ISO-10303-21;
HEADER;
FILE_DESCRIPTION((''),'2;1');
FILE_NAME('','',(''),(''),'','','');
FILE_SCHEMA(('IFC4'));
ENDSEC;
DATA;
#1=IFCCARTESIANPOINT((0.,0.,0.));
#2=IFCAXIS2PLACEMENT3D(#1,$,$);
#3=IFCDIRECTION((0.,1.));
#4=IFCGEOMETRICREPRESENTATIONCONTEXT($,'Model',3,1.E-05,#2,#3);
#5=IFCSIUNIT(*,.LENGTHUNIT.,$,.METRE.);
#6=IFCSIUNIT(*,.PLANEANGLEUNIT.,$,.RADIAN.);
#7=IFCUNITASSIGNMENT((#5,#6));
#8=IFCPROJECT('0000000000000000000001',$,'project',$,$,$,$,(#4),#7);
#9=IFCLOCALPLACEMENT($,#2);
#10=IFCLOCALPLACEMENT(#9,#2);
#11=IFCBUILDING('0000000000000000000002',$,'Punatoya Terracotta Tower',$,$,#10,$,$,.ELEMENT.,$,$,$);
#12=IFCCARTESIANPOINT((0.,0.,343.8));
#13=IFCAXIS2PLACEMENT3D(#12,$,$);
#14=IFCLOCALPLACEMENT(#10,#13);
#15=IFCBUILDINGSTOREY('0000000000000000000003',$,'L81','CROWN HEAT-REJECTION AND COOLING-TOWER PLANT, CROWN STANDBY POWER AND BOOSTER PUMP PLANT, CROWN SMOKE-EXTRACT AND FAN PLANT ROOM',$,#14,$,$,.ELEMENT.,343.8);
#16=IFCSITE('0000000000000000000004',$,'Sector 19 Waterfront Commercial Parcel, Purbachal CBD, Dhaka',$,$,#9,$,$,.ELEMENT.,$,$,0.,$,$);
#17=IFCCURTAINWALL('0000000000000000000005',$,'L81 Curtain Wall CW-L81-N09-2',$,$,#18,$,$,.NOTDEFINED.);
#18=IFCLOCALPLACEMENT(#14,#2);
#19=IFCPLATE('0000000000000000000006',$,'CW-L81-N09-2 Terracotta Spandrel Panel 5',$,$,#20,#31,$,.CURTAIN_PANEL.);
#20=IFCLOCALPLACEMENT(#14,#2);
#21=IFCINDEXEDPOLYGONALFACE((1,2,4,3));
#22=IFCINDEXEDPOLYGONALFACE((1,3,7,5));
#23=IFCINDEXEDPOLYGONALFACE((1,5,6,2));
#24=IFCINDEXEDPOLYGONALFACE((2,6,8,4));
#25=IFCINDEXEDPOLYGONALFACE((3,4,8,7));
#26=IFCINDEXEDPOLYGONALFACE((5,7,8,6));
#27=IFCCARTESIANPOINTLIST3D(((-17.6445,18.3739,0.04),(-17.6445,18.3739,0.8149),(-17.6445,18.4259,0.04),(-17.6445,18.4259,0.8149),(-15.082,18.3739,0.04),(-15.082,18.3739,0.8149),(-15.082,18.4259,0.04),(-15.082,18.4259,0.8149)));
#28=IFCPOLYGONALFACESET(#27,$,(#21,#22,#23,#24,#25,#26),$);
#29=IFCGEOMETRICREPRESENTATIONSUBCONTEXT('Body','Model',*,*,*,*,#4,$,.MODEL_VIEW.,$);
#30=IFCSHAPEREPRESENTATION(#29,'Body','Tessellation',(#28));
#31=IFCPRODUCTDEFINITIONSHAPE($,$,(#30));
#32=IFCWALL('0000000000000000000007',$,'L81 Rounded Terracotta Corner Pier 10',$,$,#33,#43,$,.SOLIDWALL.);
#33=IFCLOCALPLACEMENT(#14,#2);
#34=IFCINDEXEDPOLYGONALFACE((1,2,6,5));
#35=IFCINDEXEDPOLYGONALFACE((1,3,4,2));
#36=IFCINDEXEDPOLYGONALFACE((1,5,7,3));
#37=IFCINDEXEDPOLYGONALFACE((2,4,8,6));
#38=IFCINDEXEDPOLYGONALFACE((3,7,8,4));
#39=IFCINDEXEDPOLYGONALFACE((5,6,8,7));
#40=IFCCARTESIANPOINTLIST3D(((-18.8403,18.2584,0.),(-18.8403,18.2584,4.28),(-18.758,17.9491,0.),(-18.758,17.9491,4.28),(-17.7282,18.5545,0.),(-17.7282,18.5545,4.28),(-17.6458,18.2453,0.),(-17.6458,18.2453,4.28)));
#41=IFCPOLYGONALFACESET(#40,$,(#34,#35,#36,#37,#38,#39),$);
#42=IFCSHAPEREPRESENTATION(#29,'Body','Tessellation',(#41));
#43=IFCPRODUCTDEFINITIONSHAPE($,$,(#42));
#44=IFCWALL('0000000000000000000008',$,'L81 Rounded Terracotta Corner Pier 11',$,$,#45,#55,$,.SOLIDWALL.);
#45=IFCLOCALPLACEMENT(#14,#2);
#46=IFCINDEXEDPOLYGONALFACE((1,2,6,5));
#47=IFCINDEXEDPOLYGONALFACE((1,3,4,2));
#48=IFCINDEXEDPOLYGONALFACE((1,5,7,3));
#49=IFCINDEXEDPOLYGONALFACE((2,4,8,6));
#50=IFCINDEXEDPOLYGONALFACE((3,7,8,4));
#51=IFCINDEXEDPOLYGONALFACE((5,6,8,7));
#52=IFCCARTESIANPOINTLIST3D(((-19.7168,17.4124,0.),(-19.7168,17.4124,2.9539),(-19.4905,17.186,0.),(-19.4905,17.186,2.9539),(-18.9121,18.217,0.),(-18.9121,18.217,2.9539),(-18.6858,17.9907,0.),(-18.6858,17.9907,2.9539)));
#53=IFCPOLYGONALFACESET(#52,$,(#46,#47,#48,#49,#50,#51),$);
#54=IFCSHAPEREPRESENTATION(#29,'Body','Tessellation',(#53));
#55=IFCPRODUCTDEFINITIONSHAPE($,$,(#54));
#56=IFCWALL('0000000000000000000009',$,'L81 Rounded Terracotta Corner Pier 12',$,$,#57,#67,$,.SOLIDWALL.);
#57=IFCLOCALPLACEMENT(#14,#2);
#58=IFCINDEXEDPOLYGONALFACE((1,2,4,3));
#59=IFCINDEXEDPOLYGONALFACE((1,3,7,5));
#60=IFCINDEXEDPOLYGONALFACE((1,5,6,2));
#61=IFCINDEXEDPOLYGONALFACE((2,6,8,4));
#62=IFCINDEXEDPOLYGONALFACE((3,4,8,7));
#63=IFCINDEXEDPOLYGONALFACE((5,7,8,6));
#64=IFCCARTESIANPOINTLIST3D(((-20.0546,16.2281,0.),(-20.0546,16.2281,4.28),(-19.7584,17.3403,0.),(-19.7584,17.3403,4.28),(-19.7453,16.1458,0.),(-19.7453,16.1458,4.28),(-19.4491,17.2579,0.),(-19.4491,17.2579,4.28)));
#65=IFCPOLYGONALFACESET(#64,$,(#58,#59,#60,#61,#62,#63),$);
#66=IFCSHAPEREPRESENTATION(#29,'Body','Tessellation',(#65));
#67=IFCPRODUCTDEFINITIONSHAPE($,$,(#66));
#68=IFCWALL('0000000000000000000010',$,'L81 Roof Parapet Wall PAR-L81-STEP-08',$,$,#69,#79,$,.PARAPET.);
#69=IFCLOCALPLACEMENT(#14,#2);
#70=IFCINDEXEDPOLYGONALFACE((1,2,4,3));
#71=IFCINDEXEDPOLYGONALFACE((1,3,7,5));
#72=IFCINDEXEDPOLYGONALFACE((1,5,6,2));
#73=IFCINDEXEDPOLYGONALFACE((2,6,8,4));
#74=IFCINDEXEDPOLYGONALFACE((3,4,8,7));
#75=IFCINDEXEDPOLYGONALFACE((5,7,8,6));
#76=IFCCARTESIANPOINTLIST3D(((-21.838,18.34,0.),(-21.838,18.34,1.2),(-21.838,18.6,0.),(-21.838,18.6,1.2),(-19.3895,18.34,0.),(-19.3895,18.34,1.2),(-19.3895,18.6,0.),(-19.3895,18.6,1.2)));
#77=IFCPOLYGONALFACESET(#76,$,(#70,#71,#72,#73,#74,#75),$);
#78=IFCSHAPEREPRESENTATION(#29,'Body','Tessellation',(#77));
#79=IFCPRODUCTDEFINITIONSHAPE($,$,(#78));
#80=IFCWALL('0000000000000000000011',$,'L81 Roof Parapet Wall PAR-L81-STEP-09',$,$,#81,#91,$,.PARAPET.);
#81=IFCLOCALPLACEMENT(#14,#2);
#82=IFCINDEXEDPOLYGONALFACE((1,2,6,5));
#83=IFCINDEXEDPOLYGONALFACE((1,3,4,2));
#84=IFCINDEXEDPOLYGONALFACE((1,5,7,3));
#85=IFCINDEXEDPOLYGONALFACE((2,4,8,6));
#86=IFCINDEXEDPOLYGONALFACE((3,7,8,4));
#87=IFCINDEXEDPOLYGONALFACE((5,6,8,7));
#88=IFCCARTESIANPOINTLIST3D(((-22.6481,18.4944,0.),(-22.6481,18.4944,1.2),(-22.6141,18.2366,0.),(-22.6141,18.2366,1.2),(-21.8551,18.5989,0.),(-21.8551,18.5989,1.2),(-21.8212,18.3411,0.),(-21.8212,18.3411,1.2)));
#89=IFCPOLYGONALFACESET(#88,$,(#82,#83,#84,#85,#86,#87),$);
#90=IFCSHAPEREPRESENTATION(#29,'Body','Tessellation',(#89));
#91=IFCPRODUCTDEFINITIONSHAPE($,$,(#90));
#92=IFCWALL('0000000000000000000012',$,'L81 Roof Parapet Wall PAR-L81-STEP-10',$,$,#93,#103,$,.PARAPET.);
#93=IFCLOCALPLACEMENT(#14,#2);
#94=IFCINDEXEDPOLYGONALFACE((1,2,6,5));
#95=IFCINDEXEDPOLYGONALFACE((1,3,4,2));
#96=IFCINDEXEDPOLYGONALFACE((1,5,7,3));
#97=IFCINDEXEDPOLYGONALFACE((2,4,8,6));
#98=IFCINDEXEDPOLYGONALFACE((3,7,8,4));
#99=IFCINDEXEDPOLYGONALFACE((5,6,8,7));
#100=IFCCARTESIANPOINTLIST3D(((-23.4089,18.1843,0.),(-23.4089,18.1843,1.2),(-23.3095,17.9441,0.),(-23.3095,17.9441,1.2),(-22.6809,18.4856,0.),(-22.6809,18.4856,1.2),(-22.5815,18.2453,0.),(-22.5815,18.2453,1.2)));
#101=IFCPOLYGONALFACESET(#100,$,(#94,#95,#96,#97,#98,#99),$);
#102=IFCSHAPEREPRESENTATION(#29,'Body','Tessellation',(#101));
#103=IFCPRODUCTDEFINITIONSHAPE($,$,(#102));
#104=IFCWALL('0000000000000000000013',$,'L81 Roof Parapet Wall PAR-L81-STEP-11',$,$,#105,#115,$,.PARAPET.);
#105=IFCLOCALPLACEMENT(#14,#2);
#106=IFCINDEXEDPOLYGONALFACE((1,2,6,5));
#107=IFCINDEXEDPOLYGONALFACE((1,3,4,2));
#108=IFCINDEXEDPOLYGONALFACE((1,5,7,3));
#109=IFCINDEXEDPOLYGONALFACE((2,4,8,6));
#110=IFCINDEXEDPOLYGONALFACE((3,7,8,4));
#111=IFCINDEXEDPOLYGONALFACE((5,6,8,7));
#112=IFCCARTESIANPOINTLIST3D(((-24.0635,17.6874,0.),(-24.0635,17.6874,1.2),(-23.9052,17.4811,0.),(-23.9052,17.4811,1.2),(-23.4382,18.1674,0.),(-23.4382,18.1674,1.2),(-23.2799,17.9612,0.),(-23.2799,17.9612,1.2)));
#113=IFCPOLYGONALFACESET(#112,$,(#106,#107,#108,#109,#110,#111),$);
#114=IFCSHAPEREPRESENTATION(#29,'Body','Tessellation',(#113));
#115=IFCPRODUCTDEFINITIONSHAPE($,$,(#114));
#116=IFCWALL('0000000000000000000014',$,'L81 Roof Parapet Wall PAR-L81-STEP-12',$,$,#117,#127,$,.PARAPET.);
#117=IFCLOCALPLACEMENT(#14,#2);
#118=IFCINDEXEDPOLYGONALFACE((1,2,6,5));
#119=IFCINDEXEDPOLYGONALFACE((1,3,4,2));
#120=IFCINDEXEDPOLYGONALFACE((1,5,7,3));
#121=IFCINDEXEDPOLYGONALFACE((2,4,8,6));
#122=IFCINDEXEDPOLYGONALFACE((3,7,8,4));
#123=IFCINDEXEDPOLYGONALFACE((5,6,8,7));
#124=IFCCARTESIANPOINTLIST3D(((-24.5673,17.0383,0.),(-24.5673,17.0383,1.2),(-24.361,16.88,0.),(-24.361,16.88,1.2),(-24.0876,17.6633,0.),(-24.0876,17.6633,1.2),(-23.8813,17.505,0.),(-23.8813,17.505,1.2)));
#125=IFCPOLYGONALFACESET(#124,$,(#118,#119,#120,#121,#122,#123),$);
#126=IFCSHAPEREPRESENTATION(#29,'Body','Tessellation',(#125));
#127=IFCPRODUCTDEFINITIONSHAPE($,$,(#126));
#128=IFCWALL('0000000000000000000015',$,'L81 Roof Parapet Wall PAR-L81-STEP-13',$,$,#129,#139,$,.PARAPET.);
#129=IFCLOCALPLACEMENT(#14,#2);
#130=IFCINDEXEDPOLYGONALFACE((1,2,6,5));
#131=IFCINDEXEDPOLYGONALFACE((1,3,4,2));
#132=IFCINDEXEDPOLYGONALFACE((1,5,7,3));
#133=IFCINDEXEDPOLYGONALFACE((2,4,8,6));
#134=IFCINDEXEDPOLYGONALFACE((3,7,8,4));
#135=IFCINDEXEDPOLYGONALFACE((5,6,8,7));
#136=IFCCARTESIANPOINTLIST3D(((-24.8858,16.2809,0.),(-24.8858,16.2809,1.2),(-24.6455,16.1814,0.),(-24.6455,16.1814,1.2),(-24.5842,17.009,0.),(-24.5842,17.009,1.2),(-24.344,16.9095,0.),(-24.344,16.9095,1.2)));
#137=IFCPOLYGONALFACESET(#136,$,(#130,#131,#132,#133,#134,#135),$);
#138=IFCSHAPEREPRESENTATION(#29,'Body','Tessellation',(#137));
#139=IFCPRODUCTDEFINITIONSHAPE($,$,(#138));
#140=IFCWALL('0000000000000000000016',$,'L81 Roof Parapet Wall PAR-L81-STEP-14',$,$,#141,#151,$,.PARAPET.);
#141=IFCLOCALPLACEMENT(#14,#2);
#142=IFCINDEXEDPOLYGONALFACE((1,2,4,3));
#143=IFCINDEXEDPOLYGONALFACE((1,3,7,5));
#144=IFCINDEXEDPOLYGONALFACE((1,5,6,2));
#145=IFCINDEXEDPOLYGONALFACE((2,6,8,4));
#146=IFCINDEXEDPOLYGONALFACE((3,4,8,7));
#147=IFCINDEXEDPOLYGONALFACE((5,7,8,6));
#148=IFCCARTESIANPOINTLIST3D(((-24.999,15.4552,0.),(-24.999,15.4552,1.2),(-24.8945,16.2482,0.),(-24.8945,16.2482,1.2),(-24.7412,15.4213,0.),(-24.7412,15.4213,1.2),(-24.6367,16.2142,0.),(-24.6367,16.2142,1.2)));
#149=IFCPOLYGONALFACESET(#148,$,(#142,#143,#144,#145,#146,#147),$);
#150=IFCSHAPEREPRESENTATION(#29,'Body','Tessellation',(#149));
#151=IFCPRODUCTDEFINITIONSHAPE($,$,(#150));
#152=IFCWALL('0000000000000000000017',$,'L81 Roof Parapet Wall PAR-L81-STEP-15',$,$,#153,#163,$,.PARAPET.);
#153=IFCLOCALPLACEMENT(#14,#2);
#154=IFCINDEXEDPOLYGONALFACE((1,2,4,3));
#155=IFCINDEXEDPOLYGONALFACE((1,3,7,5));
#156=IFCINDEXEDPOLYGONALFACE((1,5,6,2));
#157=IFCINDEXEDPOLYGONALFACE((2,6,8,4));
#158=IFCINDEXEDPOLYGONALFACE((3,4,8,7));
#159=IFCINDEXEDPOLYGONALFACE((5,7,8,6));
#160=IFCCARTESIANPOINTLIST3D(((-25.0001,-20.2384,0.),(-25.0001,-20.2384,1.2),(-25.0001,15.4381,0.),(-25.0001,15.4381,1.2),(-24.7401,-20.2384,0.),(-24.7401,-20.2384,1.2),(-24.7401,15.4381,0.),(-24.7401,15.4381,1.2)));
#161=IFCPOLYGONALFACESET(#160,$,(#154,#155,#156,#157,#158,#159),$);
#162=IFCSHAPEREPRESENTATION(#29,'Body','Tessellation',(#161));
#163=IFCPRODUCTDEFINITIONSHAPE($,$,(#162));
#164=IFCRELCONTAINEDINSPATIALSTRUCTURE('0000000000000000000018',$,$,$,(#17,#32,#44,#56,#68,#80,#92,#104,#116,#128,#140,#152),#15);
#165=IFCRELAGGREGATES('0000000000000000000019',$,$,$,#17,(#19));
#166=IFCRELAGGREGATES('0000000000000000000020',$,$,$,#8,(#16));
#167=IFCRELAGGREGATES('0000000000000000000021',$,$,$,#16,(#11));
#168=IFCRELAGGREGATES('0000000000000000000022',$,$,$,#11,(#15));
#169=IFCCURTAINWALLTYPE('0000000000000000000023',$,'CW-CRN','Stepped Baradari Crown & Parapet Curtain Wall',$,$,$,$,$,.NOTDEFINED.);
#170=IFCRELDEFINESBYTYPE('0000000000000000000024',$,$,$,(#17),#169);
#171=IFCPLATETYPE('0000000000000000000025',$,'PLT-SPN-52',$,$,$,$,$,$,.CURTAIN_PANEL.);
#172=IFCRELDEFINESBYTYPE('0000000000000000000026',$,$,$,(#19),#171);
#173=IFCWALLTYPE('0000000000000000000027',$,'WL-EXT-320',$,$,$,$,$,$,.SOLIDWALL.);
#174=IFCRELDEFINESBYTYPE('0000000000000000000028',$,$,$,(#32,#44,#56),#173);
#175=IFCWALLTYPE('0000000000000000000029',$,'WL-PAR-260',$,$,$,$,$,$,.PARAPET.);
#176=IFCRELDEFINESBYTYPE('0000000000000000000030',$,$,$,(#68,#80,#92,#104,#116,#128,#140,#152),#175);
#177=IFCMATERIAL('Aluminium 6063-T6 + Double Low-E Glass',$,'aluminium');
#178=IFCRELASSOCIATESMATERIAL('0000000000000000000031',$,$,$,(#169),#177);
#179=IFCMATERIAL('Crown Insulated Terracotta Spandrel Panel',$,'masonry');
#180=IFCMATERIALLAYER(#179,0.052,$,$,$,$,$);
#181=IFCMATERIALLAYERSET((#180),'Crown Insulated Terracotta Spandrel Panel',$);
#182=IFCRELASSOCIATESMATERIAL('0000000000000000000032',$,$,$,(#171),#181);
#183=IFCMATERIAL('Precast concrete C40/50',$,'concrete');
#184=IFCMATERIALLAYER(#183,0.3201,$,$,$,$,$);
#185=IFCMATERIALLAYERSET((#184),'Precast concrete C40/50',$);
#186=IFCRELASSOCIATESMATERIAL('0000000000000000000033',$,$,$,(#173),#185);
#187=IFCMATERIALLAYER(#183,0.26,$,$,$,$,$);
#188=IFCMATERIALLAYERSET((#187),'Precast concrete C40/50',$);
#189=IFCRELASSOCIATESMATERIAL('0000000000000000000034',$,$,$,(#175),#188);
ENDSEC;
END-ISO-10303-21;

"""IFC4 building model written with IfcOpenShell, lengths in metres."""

from ifc_helpers import new_model, si_unit, direction, frame, frame_2d, origin, origin_2d, place, context, subcontext, project, spatial, rectangle, extrude, material, layer, layer_set, type_object, element, aggregate, save


model = new_model("IFC4")

# Units and contexts
model_context = context("Model", 3, precision=1e-05, world=origin(), true_north=direction((0.0, 1.0)))
body_context = subcontext(model_context, "Body", "Model", "MODEL_VIEW")
ifc_project = project(units=[si_unit("LENGTHUNIT", "METRE"), si_unit("PLANEANGLEUNIT", "RADIAN")], contexts=[model_context])

# Site, building, storey
site_placement = place(None, origin())
site = spatial("IfcSite", under=ifc_project, at=site_placement, Name="Sector 19 Waterfront Commercial Parcel, Purbachal CBD, Dhaka", CompositionType="ELEMENT", RefElevation=0.0)
building_placement = place(site_placement, origin())
building = spatial("IfcBuilding", under=site, at=building_placement, Name="Punatoya Terracotta Tower", CompositionType="ELEMENT")
storey_placement = place(building_placement, frame((0.0, 0.0, 343.8)))
storey = spatial("IfcBuildingStorey", under=building, at=storey_placement, Name="L81", Description="CROWN HEAT-REJECTION AND COOLING-TOWER PLANT, CROWN STANDBY POWER AND BOOSTER PUMP PLANT, CROWN SMOKE-EXTRACT AND FAN PLANT ROOM", CompositionType="ELEMENT", Elevation=343.8)

# Curtain wall
ifc_material_1 = material(Name="Aluminium 6063-T6 + Double Low-E Glass", Category="aluminium")
curtain_wall_type = type_object("IfcCurtainWallType", Name="CW-CRN", Description="Stepped Baradari Crown & Parapet Curtain Wall", PredefinedType="NOTDEFINED", material=ifc_material_1)
curtain_wall_1_placement = place(storey_placement, origin())
curtain_wall_1 = element("IfcCurtainWall", 1, at=curtain_wall_1_placement, inside=storey, type_object=curtain_wall_type, Name="L81 Curtain Wall CW-L81-N09-2", PredefinedType="NOTDEFINED")

# Plate
ifc_material_2 = material(Name="Crown Insulated Terracotta Spandrel Panel", Category="masonry")
ifc_layer_1 = layer(ifc_material_2, 0.052)
ifc_layer_set_1 = layer_set([ifc_layer_1], Name="Crown Insulated Terracotta Spandrel Panel")
plate_type_1 = type_object("IfcPlateType", Name="PLT-SPN-52", PredefinedType="CURTAIN_PANEL", material=ifc_layer_set_1)
plate_1_placement = place(storey_placement, frame((-16.3633, 18.3999, 0.04), z_axis=(0.0, 0.0, 1.0), x_axis=(-1.0, 0.0, 0.0)))
plate_1 = element("IfcPlate", 2, at=plate_1_placement, type_object=plate_type_1, Name="CW-L81-N09-2 Terracotta Spandrel Panel 5", PredefinedType="CURTAIN_PANEL", context=body_context, shape_type="SweptSolid", body=[
    extrude(rectangle(XDim=2.5625, YDim=0.052, at=origin_2d()), origin(), (0.0, 0.0, 1.0), 0.7749),
])
aggregate(curtain_wall_1, [plate_1])

# Walls
ifc_material_3 = material(Name="Precast concrete C40/50", Category="concrete")
ifc_layer_2 = layer(ifc_material_3, 0.3201)
ifc_layer_set_2 = layer_set([ifc_layer_2], Name="Precast concrete C40/50")
wall_type_1 = type_object("IfcWallType", Name="WL-EXT-320", PredefinedType="SOLIDWALL", material=ifc_layer_set_2)
wall_1_placement = place(storey_placement, frame((-17.687, 18.3999, 0.0), z_axis=(0.0, 0.0, 1.0), x_axis=(-0.966323, -0.257333, 0.0)))
element("IfcWall", 3, at=wall_1_placement, inside=storey, type_object=wall_type_1, Name="L81 Rounded Terracotta Corner Pier 10", PredefinedType="SOLIDWALL", context=body_context, shape_type="SweptSolid", body=[
    extrude(rectangle(XDim=1.1509, YDim=0.3201, at=frame_2d((0.5754, 0.0))), origin(), (0.0, 0.0, 1.0), 4.28),
])
wall_2_placement = place(storey_placement, frame((-18.7991, 18.1038, 0.0), z_axis=(0.0, 0.0, 1.0), x_axis=(-0.707107, -0.707107, 0.0)))
element("IfcWall", 4, at=wall_2_placement, inside=storey, type_object=wall_type_1, Name="L81 Rounded Terracotta Corner Pier 11", PredefinedType="SOLIDWALL", context=body_context, shape_type="SweptSolid", body=[
    extrude(rectangle(XDim=1.1379, YDim=0.3201, at=frame_2d((0.5688, 0.0))), origin(), (0.0, 0.0, 1.0), 2.9539),
])
wall_3_placement = place(storey_placement, frame((-19.6038, 17.2991, 0.0), z_axis=(0.0, 0.0, 1.0), x_axis=(-0.257333, -0.966323, 0.0)))
element("IfcWall", 5, at=wall_3_placement, inside=storey, type_object=wall_type_1, Name="L81 Rounded Terracotta Corner Pier 12", PredefinedType="SOLIDWALL", context=body_context, shape_type="SweptSolid", body=[
    extrude(rectangle(XDim=1.1509, YDim=0.3201, at=frame_2d((0.5754, 0.0))), origin(), (0.0, 0.0, 1.0), 4.28),
])
ifc_layer_3 = layer(ifc_material_3, 0.26)
ifc_layer_set_3 = layer_set([ifc_layer_3], Name="Precast concrete C40/50")
wall_type_2 = type_object("IfcWallType", Name="WL-PAR-260", PredefinedType="PARAPET", material=ifc_layer_set_3)
wall_4_placement = place(storey_placement, frame((-19.3896, 18.47, 0.0), z_axis=(0.0, 0.0, 1.0), x_axis=(-1.0, 0.0, 0.0)))
element("IfcWall", 6, at=wall_4_placement, inside=storey, type_object=wall_type_2, Name="L81 Roof Parapet Wall PAR-L81-STEP-08", PredefinedType="PARAPET", context=body_context, shape_type="SweptSolid", body=[
    extrude(rectangle(XDim=2.4485, YDim=0.26, at=frame_2d((1.2241, 0.0))), origin(), (0.0, 0.0, 1.0), 1.2),
])
wall_5_placement = place(storey_placement, frame((-21.8381, 18.47, 0.0), z_axis=(0.0, 0.0, 1.0), x_axis=(-0.991429, -0.130644, 0.0)))
element("IfcWall", 7, at=wall_5_placement, inside=storey, type_object=wall_type_2, Name="L81 Roof Parapet Wall PAR-L81-STEP-09", PredefinedType="PARAPET", context=body_context, shape_type="SweptSolid", body=[
    extrude(rectangle(XDim=0.7998, YDim=0.26, at=frame_2d((0.3999, 0.0))), origin(), (0.0, 0.0, 1.0), 1.2),
])
wall_6_placement = place(storey_placement, frame((-22.6311, 18.3655, 0.0), z_axis=(0.0, 0.0, 1.0), x_axis=(-0.924009, -0.38237, 0.0)))
element("IfcWall", 8, at=wall_6_placement, inside=storey, type_object=wall_type_2, Name="L81 Roof Parapet Wall PAR-L81-STEP-10", PredefinedType="PARAPET", context=body_context, shape_type="SweptSolid", body=[
    extrude(rectangle(XDim=0.7878, YDim=0.26, at=frame_2d((0.394, 0.0))), origin(), (0.0, 0.0, 1.0), 1.2),
])
wall_7_placement = place(storey_placement, frame((-23.3591, 18.0642, 0.0), z_axis=(0.0, 0.0, 1.0), x_axis=(-0.793222, -0.608932, 0.0)))
element("IfcWall", 9, at=wall_7_placement, inside=storey, type_object=wall_type_2, Name="L81 Roof Parapet Wall PAR-L81-STEP-11", PredefinedType="PARAPET", context=body_context, shape_type="SweptSolid", body=[
    extrude(rectangle(XDim=0.7883, YDim=0.26, at=frame_2d((0.394, 0.0))), origin(), (0.0, 0.0, 1.0), 1.2),
])
wall_8_placement = place(storey_placement, frame((-23.9844, 17.5842, 0.0), z_axis=(0.0, 0.0, 1.0), x_axis=(-0.608887, -0.793257, 0.0)))
element("IfcWall", 10, at=wall_8_placement, inside=storey, type_object=wall_type_2, Name="L81 Roof Parapet Wall PAR-L81-STEP-12", PredefinedType="PARAPET", context=body_context, shape_type="SweptSolid", body=[
    extrude(rectangle(XDim=0.7878, YDim=0.26, at=frame_2d((0.394, 0.0))), origin(), (0.0, 0.0, 1.0), 1.2),
])
wall_9_placement = place(storey_placement, frame((-24.4641, 16.9592, 0.0), z_axis=(0.0, 0.0, 1.0), x_axis=(-0.382635, -0.9239, 0.0)))
element("IfcWall", 11, at=wall_9_placement, inside=storey, type_object=wall_type_2, Name="L81 Roof Parapet Wall PAR-L81-STEP-13", PredefinedType="PARAPET", context=body_context, shape_type="SweptSolid", body=[
    extrude(rectangle(XDim=0.7881, YDim=0.26, at=frame_2d((0.394, 0.0))), origin(), (0.0, 0.0, 1.0), 1.2),
])
wall_10_placement = place(storey_placement, frame((-24.7656, 16.2312, 0.0), z_axis=(0.0, 0.0, 1.0), x_axis=(-0.130644, -0.991429, 0.0)))
element("IfcWall", 12, at=wall_10_placement, inside=storey, type_object=wall_type_2, Name="L81 Roof Parapet Wall PAR-L81-STEP-14", PredefinedType="PARAPET", context=body_context, shape_type="SweptSolid", body=[
    extrude(rectangle(XDim=0.7998, YDim=0.26, at=frame_2d((0.3999, 0.0))), origin(), (0.0, 0.0, 1.0), 1.2),
])
wall_11_placement = place(storey_placement, frame((-24.8701, 15.4382, 0.0), z_axis=(0.0, 0.0, 1.0), x_axis=(0.0, -1.0, 0.0)))
element("IfcWall", 13, at=wall_11_placement, inside=storey, type_object=wall_type_2, Name="L81 Roof Parapet Wall PAR-L81-STEP-15", PredefinedType="PARAPET", context=body_context, shape_type="SweptSolid", body=[
    extrude(rectangle(XDim=35.6765, YDim=0.26, at=frame_2d((17.8384, 0.0))), origin(), (0.0, 0.0, 1.0), 1.2),
])

save(model, "model.ifc")
